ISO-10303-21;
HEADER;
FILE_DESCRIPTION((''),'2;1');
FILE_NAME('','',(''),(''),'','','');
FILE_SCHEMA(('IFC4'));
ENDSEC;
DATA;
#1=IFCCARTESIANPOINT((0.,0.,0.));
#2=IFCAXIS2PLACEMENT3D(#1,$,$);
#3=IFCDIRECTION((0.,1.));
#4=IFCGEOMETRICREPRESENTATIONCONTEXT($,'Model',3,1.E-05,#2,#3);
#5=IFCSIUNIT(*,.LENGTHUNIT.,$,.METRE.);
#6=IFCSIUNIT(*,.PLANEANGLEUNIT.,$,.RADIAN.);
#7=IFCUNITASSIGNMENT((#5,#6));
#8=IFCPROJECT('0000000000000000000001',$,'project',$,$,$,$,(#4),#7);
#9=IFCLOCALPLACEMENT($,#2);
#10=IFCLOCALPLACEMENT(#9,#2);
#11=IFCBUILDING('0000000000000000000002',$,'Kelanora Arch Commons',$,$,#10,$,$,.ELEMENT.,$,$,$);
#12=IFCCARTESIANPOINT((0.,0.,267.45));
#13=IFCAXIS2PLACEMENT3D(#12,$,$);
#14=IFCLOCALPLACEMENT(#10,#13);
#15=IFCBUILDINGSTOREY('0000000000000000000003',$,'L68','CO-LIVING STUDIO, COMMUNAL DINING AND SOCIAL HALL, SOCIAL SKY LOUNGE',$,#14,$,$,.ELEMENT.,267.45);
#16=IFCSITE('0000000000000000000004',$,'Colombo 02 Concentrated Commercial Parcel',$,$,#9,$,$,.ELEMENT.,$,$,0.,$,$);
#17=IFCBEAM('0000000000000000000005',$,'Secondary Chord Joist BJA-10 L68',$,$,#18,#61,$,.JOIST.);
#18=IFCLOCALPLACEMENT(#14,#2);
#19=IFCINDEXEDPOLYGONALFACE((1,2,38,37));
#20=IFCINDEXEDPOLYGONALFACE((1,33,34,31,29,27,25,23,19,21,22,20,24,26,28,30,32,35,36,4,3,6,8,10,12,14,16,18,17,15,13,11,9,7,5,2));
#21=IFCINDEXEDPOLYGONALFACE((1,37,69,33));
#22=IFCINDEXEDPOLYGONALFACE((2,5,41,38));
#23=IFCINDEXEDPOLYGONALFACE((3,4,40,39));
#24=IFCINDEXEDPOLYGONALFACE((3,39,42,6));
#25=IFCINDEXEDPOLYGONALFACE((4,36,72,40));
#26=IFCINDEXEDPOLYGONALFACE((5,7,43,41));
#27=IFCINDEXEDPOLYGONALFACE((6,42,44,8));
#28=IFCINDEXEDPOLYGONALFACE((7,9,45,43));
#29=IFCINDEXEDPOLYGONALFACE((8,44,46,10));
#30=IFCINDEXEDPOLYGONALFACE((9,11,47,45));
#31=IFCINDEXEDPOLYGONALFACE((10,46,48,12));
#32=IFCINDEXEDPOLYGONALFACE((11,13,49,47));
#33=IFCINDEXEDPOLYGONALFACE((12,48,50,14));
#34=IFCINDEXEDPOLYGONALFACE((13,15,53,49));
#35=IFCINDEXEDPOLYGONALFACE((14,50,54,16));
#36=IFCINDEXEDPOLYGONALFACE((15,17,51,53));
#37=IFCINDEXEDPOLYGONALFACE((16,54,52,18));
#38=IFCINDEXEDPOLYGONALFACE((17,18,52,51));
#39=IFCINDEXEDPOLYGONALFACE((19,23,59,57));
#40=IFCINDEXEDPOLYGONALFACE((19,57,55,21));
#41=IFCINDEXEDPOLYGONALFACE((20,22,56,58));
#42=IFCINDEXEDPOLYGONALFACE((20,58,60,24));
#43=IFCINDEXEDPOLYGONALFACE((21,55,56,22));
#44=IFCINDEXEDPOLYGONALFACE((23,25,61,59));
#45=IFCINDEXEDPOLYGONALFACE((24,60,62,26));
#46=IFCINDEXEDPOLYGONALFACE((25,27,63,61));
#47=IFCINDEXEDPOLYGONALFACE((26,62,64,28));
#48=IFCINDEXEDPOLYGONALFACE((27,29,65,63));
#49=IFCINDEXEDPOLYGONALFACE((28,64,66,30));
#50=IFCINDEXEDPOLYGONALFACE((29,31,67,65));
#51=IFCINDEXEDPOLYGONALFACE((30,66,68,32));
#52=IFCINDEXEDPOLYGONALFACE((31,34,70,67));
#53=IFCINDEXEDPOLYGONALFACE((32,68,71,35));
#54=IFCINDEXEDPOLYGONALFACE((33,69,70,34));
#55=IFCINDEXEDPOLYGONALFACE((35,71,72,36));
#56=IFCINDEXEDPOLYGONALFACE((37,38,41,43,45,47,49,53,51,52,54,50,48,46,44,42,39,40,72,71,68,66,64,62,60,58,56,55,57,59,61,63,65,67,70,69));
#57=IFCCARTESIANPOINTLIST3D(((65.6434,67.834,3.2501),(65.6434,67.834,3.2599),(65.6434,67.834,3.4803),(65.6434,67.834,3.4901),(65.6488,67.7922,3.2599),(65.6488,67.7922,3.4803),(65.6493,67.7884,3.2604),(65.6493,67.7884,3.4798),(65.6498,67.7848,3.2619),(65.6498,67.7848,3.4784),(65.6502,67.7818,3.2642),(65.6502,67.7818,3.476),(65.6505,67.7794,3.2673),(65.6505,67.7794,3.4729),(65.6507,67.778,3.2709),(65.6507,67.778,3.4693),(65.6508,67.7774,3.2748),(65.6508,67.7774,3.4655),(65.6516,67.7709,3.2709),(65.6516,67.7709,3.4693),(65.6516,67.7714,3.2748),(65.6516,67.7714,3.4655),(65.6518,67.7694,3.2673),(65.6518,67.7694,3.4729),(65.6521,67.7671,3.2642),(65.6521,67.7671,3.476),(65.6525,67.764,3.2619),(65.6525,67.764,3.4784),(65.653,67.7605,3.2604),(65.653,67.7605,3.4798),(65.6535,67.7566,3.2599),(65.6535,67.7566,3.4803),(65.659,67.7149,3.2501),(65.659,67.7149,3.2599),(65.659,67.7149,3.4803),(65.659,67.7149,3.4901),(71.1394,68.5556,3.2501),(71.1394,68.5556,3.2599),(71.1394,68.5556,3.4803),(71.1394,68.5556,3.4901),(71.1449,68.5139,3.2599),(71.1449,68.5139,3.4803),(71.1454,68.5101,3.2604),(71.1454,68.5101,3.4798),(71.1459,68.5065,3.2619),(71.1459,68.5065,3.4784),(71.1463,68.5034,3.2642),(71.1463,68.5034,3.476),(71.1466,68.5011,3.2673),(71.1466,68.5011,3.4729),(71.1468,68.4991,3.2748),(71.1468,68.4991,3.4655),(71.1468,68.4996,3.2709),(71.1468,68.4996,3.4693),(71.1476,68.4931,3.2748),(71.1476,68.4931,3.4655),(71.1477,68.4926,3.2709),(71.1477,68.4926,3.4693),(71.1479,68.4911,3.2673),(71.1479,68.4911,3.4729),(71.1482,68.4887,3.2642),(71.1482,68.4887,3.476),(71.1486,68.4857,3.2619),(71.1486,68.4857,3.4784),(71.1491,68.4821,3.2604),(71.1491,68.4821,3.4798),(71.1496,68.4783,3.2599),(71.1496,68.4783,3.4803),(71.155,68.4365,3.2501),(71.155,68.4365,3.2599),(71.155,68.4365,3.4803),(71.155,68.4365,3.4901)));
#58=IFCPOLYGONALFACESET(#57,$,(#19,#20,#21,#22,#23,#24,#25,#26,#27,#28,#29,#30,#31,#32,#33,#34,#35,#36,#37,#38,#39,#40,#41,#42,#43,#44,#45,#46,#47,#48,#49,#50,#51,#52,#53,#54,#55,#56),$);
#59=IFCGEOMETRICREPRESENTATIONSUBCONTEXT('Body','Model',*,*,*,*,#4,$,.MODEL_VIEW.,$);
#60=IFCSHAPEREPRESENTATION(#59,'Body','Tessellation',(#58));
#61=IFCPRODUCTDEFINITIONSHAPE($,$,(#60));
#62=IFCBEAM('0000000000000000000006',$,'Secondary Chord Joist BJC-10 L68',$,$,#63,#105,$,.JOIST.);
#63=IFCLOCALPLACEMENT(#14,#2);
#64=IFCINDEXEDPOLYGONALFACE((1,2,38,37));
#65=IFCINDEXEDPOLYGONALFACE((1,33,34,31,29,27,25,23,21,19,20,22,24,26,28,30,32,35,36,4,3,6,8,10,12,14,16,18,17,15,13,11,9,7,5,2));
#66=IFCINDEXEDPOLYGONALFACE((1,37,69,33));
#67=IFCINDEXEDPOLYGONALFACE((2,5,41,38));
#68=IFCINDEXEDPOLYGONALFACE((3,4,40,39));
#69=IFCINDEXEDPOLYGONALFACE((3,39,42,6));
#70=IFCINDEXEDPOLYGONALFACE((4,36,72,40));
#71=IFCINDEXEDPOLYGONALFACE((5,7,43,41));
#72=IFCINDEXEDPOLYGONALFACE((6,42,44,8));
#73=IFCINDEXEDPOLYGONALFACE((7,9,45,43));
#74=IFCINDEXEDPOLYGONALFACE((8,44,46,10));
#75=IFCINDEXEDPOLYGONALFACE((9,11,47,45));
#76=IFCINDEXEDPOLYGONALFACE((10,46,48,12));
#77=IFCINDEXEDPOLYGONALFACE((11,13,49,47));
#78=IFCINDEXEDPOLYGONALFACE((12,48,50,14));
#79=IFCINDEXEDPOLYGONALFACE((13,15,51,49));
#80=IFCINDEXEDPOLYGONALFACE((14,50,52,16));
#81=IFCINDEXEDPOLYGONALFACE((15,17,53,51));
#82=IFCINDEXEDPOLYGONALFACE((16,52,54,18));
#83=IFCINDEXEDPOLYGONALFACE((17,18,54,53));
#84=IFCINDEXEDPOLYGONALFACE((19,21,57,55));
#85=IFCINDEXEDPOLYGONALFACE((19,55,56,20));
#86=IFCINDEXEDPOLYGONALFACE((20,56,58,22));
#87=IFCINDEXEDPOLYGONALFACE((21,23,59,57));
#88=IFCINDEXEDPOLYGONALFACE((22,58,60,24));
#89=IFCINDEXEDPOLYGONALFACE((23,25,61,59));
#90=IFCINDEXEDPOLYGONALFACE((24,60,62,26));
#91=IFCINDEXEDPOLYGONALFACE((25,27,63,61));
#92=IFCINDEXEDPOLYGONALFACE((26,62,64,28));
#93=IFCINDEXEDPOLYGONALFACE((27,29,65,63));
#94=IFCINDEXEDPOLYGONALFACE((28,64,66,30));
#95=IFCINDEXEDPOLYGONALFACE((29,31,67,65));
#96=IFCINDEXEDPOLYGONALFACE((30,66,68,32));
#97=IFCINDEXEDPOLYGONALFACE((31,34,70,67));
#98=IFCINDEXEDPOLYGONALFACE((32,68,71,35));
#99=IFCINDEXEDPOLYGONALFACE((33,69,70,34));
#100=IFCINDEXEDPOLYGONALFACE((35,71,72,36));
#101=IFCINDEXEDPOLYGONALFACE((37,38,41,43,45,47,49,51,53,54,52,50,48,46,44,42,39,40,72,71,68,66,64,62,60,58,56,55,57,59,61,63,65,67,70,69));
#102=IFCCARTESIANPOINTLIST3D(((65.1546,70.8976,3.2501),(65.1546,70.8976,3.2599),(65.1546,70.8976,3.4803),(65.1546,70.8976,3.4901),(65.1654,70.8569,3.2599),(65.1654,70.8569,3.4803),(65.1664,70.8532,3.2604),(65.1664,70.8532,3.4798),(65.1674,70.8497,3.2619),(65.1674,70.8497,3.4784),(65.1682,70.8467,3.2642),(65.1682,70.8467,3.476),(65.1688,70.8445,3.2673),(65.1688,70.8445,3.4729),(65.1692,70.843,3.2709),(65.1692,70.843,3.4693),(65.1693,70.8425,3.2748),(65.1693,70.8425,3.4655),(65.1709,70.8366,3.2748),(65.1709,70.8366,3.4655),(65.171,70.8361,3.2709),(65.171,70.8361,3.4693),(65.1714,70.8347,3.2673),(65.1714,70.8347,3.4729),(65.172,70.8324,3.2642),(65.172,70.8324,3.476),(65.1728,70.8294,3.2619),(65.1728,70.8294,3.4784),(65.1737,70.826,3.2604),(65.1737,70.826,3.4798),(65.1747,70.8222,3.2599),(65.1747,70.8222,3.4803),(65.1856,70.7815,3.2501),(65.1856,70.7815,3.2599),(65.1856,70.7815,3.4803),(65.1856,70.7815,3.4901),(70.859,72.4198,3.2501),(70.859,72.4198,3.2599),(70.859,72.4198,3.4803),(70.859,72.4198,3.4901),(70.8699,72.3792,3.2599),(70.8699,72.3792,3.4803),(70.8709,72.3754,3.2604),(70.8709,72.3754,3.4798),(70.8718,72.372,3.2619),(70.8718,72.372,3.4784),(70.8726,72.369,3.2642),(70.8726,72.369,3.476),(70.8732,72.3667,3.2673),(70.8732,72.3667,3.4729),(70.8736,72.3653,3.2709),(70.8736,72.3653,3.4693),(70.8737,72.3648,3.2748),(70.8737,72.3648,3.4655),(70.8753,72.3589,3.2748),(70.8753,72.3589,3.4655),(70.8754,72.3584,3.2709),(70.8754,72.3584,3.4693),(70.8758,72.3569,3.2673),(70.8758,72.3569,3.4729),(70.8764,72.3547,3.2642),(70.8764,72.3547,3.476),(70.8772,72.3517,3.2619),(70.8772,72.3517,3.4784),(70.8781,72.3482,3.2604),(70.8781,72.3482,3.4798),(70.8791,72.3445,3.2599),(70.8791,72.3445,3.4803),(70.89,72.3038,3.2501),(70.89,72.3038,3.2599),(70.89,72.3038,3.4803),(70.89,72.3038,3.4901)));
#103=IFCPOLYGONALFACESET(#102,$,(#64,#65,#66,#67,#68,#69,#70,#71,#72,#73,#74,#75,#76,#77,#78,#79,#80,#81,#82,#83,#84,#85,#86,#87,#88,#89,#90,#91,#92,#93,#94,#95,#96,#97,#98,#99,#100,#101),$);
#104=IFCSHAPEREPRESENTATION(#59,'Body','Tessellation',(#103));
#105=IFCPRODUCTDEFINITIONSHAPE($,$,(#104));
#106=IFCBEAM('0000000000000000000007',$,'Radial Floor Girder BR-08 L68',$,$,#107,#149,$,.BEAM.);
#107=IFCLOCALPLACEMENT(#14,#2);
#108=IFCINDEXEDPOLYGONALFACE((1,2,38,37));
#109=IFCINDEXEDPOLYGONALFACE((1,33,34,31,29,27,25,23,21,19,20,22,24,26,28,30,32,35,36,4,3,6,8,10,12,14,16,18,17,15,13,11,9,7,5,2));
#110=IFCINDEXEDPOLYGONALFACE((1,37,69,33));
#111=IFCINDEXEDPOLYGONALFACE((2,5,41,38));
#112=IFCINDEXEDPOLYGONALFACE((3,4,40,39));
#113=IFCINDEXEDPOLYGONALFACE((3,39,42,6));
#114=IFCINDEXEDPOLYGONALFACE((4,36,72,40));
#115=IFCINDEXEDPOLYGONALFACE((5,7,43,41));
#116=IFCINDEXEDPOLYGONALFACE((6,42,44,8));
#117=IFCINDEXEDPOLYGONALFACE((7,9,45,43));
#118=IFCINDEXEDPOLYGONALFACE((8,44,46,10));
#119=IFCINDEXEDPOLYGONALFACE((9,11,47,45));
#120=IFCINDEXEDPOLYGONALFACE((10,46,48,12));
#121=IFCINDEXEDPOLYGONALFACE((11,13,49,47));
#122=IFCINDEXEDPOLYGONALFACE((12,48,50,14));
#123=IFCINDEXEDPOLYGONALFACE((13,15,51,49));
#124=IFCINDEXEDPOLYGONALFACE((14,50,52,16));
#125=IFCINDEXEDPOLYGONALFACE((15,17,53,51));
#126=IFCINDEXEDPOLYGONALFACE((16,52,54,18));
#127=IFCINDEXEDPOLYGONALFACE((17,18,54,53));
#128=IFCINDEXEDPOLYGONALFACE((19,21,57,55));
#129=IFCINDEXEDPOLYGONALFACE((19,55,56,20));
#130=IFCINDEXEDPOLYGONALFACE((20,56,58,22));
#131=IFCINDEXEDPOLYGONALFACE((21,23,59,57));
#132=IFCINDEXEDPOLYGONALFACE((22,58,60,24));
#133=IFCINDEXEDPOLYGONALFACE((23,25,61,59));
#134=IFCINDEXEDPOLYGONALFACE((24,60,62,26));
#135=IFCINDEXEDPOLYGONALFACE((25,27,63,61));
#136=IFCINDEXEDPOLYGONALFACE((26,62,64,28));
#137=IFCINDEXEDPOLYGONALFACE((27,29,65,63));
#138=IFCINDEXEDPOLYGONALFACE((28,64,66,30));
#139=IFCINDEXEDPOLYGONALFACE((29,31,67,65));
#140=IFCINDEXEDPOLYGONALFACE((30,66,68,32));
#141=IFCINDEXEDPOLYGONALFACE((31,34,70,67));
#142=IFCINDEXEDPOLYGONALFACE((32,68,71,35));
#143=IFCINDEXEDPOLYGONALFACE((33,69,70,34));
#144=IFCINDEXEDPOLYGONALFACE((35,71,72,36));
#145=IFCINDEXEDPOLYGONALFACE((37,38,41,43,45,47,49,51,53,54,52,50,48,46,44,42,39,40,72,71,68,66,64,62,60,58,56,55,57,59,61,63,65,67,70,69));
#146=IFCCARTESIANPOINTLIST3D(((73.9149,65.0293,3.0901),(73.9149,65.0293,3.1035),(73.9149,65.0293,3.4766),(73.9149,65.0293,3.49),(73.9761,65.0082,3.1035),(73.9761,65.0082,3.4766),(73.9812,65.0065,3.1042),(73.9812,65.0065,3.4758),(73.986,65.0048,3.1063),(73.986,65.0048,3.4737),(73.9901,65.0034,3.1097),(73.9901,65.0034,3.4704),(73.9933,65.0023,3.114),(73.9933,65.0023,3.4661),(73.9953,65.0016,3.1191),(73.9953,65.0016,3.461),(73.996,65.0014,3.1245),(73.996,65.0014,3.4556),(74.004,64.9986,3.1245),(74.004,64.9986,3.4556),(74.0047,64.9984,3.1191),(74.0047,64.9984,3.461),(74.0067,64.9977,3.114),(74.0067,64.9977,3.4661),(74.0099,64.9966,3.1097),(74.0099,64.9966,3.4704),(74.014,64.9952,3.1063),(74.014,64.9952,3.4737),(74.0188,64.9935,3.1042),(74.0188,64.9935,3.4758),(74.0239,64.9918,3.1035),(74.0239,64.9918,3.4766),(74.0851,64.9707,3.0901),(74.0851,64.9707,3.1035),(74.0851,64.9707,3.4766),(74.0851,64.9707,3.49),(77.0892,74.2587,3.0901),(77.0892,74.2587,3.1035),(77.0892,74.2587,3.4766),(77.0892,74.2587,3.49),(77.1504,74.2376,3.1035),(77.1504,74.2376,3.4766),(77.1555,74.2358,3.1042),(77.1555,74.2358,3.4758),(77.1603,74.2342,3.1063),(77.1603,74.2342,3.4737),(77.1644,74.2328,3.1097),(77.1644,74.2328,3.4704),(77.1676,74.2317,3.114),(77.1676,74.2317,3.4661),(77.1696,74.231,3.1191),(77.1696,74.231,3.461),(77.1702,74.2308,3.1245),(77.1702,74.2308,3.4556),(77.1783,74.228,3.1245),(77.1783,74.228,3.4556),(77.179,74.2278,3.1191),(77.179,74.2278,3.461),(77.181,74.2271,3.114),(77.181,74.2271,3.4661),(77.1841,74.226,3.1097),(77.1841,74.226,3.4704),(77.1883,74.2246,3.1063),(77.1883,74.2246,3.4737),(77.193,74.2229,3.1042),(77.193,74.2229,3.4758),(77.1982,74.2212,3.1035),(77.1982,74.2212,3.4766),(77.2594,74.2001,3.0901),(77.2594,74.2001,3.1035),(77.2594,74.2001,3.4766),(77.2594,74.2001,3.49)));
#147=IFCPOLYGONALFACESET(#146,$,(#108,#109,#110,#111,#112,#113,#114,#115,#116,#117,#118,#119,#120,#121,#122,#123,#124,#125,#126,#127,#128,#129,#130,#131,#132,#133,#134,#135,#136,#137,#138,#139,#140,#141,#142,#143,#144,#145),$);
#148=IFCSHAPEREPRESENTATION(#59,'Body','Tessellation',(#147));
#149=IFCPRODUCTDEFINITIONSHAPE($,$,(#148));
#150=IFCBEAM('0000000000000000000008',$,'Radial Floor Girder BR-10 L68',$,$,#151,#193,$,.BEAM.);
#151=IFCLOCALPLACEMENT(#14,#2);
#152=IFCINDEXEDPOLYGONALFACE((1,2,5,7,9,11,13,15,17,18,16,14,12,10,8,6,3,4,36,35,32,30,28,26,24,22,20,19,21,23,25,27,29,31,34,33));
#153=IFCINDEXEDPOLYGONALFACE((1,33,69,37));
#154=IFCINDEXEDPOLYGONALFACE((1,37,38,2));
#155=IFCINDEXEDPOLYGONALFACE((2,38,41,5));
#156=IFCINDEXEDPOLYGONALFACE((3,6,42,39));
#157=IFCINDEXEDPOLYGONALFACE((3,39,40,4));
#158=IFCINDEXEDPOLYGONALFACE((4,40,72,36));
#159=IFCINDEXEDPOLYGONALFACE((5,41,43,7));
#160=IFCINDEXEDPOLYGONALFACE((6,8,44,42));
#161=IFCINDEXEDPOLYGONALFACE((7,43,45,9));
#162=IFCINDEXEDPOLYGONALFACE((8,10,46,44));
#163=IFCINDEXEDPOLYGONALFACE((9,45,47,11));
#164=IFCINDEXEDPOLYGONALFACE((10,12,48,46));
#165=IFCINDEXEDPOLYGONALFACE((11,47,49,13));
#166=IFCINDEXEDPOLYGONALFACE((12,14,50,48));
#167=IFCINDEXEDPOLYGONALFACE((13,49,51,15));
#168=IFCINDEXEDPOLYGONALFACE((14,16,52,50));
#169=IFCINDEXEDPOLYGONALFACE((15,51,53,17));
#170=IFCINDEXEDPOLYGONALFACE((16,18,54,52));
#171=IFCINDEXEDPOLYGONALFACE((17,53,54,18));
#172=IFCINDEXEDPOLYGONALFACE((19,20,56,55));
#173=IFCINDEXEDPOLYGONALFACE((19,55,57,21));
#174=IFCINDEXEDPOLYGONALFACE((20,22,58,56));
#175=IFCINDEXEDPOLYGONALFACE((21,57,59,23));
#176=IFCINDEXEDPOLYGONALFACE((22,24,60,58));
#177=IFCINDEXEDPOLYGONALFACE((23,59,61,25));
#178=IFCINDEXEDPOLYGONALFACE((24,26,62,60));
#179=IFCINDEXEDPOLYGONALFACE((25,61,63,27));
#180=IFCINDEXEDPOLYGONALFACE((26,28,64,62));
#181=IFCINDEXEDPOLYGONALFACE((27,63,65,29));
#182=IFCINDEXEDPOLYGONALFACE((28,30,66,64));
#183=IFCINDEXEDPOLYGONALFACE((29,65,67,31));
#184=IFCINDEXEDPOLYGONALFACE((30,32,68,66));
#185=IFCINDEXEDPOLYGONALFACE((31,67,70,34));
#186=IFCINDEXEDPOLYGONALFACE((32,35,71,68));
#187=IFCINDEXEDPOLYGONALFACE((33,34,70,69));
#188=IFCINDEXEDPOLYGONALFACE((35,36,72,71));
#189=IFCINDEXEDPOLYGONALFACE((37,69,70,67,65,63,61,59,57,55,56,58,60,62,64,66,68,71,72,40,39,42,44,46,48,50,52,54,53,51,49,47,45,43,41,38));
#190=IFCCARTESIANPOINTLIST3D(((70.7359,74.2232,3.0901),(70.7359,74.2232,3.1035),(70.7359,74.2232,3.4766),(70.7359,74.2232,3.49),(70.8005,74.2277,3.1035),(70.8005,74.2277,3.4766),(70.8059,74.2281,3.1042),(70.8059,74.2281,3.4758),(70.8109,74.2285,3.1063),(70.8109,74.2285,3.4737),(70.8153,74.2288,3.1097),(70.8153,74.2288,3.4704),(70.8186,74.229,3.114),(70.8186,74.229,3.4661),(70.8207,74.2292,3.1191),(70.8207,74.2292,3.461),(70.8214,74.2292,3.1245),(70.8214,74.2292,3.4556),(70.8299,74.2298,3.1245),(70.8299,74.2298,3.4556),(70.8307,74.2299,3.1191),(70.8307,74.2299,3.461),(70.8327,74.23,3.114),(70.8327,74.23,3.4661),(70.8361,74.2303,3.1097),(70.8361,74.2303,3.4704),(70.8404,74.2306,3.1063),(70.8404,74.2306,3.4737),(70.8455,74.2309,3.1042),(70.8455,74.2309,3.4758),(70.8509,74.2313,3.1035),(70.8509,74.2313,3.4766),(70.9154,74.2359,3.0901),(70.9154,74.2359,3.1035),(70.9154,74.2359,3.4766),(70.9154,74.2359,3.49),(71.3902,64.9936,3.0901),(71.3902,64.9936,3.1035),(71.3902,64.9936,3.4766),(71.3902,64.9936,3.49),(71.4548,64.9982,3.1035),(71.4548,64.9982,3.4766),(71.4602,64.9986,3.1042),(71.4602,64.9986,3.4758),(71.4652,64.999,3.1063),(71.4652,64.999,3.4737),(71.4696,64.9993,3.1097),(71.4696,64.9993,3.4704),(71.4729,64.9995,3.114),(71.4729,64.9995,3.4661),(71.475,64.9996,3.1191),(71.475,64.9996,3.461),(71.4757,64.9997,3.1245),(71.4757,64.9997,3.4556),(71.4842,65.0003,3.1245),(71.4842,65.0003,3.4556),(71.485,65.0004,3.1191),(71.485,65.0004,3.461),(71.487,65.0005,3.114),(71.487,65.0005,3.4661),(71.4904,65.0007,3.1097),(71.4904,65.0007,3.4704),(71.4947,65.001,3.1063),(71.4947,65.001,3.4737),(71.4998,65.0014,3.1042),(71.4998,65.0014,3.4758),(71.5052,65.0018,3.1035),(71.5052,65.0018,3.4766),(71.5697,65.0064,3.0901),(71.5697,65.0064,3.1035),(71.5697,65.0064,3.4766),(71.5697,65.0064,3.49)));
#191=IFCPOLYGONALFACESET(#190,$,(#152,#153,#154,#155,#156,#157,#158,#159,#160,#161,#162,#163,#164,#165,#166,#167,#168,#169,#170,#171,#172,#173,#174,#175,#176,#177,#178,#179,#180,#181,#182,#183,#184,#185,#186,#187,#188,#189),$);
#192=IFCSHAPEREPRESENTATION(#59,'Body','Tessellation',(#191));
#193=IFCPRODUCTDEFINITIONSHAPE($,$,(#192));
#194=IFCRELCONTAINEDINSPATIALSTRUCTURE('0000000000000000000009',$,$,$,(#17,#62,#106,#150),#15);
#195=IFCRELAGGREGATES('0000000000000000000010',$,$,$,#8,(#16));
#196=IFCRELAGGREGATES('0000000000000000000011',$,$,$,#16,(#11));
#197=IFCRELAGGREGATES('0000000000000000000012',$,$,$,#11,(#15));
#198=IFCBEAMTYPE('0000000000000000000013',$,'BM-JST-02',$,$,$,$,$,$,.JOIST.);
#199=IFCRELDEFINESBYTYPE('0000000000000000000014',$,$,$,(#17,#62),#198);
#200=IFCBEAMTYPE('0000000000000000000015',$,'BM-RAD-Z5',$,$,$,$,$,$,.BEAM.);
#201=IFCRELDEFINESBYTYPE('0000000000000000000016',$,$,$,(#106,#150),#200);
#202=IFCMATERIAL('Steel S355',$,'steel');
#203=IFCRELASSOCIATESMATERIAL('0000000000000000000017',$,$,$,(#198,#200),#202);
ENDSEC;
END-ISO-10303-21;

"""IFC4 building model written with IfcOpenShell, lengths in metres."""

from ifc_helpers import new_model, si_unit, direction, frame, origin, origin_2d, place, context, subcontext, project, spatial, i_section, extrude, material, material_profile, profile_set, type_object, element, save


model = new_model("IFC4")

# Units and contexts
model_context = context("Model", 3, precision=1e-05, world=origin(), true_north=direction((0.0, 1.0)))
body_context = subcontext(model_context, "Body", "Model", "MODEL_VIEW")
ifc_project = project(units=[si_unit("LENGTHUNIT", "METRE"), si_unit("PLANEANGLEUNIT", "RADIAN")], contexts=[model_context])

# Site, building, storey
site_placement = place(None, origin())
site = spatial("IfcSite", under=ifc_project, at=site_placement, Name="Colombo 02 Concentrated Commercial Parcel", CompositionType="ELEMENT", RefElevation=0.0)
building_placement = place(site_placement, origin())
building = spatial("IfcBuilding", under=site, at=building_placement, Name="Kelanora Arch Commons", CompositionType="ELEMENT")
storey_placement = place(building_placement, frame((0.0, 0.0, 267.45)))
storey = spatial("IfcBuildingStorey", under=building, at=storey_placement, Name="L68", Description="CO-LIVING STUDIO, COMMUNAL DINING AND SOCIAL HALL, SOCIAL SKY LOUNGE", CompositionType="ELEMENT", Elevation=267.45)

# Beams
ifc_material_1 = material(Name="Steel S355", Category="steel")
ifc_material_profile_1 = material_profile(ifc_material_1, i_section(OverallWidth=0.1201, OverallDepth=0.24, WebThickness=0.0061, FlangeThickness=0.0098, FilletRadius=0.0149, at=origin_2d()), Name="IPE240")
ifc_profile_set_1 = profile_set([ifc_material_profile_1], Name="Steel S355")
beam_type_1 = type_object("IfcBeamType", Name="BM-JST-02", PredefinedType="JOIST", material=ifc_profile_set_1)
beam_1_placement = place(storey_placement, frame((71.1472, 68.4961, 3.3701), z_axis=(-0.991489, -0.13019, 0.0), x_axis=(0.13019, -0.991489, 0.0)))
element("IfcBeam", 1, at=beam_1_placement, inside=storey, type_object=beam_type_1, Name="Secondary Chord Joist BJA-10 L68", PredefinedType="JOIST", context=body_context, shape_type="SweptSolid", body=[
    extrude(i_section(OverallWidth=0.1201, OverallDepth=0.24, WebThickness=0.0061, FlangeThickness=0.0098, FilletRadius=0.0149, at=origin_2d()), origin(), (0.0, 0.0, 1.0), 5.5432),
])
beam_2_placement = place(storey_placement, frame((70.8745, 72.3618, 3.3701), z_axis=(-0.96619, -0.25783, 0.0), x_axis=(0.25783, -0.96619, 0.0)))
element("IfcBeam", 2, at=beam_2_placement, inside=storey, type_object=beam_type_1, Name="Secondary Chord Joist BJC-10 L68", PredefinedType="JOIST", context=body_context, shape_type="SweptSolid", body=[
    extrude(i_section(OverallWidth=0.1201, OverallDepth=0.24, WebThickness=0.0061, FlangeThickness=0.0098, FilletRadius=0.0149, at=origin_2d()), origin(), (0.0, 0.0, 1.0), 5.9041),
])
ifc_material_profile_2 = material_profile(ifc_material_1, i_section(OverallWidth=0.1799, OverallDepth=0.3999, WebThickness=0.0085, FlangeThickness=0.0134, FilletRadius=0.021, at=origin_2d()), Name="IPE400")
ifc_profile_set_2 = profile_set([ifc_material_profile_2], Name="Steel S355")
beam_type_2 = type_object("IfcBeamType", Name="BM-RAD-Z5", PredefinedType="BEAM", material=ifc_profile_set_2)
beam_3_placement = place(storey_placement, frame((74.0, 65.0, 3.29), z_axis=(0.325234, 0.945634, 0.0), x_axis=(-0.945634, 0.325234, 0.0)))
element("IfcBeam", 3, at=beam_3_placement, inside=storey, type_object=beam_type_2, Name="Radial Floor Girder BR-08 L68", PredefinedType="BEAM", context=body_context, shape_type="SweptSolid", body=[
    extrude(i_section(OverallWidth=0.1799, OverallDepth=0.3999, WebThickness=0.0085, FlangeThickness=0.0134, FilletRadius=0.021, at=origin_2d()), origin(), (0.0, 0.0, 1.0), 9.76),
])
beam_4_placement = place(storey_placement, frame((71.48, 65.0, 3.29), z_axis=(-0.070714, 0.997497, 0.0), x_axis=(-0.997497, -0.070714, 0.0)))
element("IfcBeam", 4, at=beam_4_placement, inside=storey, type_object=beam_type_2, Name="Radial Floor Girder BR-10 L68", PredefinedType="BEAM", context=body_context, shape_type="SweptSolid", body=[
    extrude(i_section(OverallWidth=0.1799, OverallDepth=0.3999, WebThickness=0.0085, FlangeThickness=0.0134, FilletRadius=0.021, at=origin_2d()), origin(), (0.0, 0.0, 1.0), 9.2527),
])

save(model, "model.ifc")
